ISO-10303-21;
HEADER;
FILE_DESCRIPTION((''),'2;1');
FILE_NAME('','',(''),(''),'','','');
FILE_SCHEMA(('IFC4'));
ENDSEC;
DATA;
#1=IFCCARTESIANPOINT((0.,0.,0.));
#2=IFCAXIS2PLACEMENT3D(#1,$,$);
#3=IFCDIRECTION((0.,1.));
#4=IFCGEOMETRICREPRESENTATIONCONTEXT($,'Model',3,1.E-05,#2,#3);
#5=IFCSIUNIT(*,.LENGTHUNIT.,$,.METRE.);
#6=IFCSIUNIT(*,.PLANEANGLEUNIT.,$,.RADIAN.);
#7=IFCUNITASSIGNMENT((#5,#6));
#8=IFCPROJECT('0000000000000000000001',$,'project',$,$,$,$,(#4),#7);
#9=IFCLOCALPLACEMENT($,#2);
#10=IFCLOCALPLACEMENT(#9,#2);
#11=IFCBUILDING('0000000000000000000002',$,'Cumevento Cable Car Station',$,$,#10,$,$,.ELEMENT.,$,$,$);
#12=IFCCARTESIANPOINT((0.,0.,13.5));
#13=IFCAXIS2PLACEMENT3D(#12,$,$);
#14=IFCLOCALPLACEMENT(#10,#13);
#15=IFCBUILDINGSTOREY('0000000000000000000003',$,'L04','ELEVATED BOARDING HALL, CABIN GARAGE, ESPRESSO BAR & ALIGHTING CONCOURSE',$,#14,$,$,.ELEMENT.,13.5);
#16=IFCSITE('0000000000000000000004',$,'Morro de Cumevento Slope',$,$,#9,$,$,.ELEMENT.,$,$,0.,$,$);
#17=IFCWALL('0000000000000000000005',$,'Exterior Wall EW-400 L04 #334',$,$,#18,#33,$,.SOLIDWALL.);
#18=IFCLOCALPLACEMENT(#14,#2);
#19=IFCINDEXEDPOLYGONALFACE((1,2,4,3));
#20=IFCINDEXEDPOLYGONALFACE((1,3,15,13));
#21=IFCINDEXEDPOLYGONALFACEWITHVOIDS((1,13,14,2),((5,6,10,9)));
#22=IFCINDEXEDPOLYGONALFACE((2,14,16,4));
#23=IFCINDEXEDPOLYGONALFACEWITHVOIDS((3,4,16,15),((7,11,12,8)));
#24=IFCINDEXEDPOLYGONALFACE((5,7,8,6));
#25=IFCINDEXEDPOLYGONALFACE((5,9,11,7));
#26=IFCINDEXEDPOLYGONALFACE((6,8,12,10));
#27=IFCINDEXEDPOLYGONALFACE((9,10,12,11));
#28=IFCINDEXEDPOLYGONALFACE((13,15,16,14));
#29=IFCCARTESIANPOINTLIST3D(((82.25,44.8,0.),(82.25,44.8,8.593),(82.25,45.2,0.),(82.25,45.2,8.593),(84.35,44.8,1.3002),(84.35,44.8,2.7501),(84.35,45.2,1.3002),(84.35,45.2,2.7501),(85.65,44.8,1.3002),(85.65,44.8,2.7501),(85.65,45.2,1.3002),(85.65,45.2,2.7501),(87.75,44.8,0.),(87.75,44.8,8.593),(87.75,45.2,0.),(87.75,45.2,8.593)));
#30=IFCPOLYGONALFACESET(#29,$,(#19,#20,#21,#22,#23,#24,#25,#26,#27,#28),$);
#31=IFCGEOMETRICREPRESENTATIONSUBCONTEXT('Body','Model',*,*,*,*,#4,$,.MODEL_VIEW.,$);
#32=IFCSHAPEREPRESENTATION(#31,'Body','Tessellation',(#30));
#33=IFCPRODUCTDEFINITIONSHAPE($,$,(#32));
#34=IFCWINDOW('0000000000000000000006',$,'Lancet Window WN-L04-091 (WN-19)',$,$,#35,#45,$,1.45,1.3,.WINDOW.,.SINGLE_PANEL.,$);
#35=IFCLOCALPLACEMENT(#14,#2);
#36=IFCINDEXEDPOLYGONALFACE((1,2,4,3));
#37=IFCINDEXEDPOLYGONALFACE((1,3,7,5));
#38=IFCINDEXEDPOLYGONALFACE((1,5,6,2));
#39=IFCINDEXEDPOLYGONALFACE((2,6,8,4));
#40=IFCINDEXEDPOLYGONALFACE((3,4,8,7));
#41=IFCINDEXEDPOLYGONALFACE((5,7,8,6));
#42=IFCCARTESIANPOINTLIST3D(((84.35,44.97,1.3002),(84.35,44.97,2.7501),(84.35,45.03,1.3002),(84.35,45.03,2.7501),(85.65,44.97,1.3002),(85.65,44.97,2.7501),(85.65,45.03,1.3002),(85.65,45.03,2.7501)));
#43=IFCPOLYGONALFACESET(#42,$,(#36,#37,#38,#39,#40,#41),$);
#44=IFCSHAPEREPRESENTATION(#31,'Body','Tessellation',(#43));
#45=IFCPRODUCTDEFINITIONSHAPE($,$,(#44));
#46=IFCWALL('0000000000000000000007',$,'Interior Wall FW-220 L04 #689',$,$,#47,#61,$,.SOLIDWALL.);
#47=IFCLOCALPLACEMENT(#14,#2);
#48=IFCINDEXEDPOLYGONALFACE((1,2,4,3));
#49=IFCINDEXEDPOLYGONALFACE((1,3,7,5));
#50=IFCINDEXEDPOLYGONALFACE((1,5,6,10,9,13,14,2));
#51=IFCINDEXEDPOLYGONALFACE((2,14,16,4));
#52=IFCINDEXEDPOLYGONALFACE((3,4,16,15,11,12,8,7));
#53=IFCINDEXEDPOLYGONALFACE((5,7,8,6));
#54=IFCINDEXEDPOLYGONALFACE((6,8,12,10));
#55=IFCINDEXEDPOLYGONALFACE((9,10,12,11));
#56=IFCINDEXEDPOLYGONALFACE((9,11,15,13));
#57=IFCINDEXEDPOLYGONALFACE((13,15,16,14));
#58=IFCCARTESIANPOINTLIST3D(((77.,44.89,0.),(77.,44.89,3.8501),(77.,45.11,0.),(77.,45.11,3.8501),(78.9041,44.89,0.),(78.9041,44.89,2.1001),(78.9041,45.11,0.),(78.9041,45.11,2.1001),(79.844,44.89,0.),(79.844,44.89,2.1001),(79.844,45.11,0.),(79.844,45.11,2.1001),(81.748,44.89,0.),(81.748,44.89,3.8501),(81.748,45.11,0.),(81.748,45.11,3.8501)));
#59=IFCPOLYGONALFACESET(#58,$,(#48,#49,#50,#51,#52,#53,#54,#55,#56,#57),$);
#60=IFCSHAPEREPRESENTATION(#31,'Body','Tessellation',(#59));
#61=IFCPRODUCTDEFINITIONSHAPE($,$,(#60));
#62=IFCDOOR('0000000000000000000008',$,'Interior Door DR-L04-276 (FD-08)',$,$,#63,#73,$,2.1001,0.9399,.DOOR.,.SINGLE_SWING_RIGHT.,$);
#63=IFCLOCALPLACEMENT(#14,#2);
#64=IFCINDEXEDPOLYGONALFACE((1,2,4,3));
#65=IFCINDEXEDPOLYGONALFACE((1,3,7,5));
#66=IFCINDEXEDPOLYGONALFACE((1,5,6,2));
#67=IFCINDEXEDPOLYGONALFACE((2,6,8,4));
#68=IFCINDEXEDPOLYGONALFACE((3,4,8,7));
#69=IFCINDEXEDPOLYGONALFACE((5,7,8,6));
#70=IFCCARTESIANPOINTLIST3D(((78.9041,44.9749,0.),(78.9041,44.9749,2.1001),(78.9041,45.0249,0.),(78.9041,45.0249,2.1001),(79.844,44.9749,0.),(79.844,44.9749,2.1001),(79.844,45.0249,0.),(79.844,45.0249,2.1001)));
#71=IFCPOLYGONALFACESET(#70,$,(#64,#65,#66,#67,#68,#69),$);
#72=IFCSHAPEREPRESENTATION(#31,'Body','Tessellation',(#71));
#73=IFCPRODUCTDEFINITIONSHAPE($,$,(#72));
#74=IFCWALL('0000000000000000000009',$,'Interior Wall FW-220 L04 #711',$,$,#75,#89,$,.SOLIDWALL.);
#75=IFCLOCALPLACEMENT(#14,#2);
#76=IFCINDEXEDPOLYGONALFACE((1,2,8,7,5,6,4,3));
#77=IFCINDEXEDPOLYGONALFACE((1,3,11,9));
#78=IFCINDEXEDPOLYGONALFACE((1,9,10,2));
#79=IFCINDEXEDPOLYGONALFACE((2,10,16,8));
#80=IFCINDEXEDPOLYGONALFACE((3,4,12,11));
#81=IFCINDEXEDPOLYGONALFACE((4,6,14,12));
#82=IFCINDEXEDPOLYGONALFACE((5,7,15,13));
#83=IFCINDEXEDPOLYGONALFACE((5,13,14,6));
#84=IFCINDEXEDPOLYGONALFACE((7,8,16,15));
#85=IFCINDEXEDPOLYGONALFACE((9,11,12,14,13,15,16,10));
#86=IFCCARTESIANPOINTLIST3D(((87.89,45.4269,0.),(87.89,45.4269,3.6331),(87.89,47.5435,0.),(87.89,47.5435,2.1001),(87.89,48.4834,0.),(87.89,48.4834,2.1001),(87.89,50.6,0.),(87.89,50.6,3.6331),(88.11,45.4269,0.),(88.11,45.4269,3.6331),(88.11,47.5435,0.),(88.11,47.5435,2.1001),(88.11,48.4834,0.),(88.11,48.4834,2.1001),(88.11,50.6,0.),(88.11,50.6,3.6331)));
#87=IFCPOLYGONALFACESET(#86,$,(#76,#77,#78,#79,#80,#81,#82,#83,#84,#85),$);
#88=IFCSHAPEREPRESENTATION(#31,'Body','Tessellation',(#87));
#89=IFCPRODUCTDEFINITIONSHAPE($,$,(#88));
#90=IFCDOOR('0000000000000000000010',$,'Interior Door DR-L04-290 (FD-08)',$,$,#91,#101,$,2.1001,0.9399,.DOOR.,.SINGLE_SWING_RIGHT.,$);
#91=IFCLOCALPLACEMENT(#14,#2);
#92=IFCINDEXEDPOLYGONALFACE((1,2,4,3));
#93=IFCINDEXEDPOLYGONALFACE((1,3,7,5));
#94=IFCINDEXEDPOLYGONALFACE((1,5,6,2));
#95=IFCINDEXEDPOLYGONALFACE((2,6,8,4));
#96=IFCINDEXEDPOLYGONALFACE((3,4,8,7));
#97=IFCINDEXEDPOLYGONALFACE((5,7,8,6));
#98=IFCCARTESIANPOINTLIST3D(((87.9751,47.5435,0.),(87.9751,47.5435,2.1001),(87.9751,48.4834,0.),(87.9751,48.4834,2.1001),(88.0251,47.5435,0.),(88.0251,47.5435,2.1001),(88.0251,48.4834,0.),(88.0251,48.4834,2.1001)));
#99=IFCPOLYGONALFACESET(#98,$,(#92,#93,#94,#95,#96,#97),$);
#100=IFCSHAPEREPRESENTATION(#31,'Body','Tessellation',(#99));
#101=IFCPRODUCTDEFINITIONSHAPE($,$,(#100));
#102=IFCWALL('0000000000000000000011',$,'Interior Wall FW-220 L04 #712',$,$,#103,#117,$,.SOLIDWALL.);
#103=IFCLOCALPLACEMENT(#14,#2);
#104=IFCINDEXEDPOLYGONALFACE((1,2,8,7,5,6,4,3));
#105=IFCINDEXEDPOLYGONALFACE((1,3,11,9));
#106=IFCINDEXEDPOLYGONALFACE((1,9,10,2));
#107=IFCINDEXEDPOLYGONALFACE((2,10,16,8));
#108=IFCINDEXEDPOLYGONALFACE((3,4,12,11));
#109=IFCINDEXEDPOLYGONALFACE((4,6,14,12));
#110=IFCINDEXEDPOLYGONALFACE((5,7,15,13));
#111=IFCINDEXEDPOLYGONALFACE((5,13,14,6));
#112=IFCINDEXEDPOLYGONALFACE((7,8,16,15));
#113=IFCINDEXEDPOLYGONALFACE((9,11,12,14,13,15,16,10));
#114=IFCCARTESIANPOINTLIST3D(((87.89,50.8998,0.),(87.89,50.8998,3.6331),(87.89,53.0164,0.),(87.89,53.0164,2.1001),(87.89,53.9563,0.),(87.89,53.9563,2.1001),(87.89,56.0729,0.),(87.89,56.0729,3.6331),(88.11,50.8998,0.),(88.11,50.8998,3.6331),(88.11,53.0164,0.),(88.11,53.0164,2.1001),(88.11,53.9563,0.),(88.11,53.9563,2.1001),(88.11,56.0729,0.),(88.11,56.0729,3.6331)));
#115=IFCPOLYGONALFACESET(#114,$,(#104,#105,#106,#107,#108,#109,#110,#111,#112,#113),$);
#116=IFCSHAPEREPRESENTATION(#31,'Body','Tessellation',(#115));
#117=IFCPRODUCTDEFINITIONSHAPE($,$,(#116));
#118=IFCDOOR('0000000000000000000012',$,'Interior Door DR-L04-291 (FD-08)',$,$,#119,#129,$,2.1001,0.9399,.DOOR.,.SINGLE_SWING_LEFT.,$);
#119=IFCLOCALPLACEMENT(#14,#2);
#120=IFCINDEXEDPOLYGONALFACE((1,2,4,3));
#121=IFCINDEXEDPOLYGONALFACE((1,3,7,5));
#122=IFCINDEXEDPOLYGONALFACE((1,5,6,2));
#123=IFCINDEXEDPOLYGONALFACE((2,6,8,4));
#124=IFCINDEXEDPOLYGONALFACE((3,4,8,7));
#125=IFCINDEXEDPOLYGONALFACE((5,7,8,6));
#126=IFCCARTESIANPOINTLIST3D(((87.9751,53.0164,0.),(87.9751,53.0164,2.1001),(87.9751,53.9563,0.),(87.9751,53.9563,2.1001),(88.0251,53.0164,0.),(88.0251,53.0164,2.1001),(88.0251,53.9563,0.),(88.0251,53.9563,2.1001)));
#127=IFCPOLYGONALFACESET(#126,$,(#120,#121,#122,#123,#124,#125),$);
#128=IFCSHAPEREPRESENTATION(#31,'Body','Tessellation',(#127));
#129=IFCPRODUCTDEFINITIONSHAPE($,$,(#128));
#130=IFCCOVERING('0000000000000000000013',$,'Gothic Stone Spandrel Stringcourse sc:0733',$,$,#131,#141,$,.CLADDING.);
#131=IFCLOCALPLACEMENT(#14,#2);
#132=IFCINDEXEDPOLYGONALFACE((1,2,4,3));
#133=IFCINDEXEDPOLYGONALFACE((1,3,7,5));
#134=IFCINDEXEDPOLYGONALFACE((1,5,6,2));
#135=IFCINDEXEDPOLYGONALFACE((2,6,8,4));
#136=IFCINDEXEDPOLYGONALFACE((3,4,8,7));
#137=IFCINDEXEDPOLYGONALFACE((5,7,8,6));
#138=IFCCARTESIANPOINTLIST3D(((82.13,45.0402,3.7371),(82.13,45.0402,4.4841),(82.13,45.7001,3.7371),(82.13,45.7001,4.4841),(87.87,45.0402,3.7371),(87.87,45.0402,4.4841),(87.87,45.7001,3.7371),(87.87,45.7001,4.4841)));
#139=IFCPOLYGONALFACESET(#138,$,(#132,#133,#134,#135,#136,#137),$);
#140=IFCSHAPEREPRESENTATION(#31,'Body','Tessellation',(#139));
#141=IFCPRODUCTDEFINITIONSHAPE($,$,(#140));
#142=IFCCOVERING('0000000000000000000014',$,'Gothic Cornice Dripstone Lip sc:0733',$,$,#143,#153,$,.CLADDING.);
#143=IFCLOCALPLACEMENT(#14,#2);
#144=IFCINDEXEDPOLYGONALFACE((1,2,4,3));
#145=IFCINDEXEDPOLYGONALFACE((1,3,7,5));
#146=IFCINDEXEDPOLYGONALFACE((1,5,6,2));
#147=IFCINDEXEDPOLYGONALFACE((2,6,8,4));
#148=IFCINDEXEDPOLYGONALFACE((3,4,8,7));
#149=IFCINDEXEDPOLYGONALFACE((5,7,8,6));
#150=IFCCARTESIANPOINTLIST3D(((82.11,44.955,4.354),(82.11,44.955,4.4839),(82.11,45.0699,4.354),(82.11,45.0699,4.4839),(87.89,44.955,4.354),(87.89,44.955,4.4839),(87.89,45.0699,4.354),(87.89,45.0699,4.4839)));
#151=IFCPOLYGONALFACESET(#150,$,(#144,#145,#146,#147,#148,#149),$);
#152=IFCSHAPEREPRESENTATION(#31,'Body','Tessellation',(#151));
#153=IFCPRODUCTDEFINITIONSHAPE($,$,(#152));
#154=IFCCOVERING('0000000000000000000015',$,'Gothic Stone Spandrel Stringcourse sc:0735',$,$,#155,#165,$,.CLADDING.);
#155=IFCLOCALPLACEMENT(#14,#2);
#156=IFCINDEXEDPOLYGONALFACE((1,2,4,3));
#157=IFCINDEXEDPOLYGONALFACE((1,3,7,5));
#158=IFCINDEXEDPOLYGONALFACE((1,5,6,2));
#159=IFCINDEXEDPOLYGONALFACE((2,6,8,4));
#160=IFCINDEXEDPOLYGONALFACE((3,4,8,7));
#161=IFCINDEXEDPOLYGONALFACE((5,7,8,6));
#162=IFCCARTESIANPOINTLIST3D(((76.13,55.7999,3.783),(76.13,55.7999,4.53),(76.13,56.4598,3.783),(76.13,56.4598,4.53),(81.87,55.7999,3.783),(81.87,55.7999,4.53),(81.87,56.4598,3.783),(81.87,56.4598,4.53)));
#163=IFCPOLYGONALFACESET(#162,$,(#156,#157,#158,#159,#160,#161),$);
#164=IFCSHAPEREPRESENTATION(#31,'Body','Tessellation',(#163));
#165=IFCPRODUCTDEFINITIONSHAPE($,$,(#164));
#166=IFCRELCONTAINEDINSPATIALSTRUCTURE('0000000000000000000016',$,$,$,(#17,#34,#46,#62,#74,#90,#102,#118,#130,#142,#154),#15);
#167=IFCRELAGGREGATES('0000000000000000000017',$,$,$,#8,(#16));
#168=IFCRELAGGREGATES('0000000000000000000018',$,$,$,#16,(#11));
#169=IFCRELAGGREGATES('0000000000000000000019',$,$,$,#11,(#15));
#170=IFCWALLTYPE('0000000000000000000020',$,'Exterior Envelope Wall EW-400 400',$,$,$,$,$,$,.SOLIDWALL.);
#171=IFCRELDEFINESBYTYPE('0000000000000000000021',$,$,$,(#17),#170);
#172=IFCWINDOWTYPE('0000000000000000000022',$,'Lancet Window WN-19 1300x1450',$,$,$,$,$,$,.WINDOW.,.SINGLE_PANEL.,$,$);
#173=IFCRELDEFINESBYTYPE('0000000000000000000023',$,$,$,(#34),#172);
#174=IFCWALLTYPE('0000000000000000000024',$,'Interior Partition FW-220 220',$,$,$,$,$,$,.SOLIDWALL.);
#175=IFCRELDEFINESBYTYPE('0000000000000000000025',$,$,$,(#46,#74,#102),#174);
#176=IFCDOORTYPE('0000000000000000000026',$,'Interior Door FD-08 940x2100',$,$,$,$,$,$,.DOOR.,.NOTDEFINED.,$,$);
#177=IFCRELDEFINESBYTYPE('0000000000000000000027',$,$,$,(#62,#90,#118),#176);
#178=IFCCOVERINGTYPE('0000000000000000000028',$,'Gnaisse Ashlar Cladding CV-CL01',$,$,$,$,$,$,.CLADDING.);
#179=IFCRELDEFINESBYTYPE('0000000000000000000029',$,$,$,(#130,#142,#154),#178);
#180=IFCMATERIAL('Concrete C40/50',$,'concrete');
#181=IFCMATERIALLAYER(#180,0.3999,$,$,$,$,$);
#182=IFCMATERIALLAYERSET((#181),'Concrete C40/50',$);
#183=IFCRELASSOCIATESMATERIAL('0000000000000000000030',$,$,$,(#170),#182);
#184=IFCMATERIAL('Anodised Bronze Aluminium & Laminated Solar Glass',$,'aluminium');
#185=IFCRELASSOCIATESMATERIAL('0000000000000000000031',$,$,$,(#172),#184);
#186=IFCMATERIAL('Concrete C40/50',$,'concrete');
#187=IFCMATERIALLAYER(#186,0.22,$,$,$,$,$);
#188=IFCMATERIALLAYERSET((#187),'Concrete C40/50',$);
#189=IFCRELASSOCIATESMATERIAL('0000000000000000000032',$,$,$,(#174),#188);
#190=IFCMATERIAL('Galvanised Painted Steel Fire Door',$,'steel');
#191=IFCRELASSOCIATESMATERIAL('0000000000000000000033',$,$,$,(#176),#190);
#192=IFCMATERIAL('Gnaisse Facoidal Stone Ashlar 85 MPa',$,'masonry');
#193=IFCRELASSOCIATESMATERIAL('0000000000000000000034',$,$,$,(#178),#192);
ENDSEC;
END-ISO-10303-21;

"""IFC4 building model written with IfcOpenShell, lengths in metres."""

from ifc_helpers import new_model, si_unit, direction, frame, frame_2d, origin, origin_2d, place, context, subcontext, project, spatial, rectangle, extrude, material, layer, layer_set, type_object, element, fill, save


model = new_model("IFC4")

# Units and contexts
model_context = context("Model", 3, precision=1e-05, world=origin(), true_north=direction((0.0, 1.0)))
body_context = subcontext(model_context, "Body", "Model", "MODEL_VIEW")
ifc_project = project(units=[si_unit("LENGTHUNIT", "METRE"), si_unit("PLANEANGLEUNIT", "RADIAN")], contexts=[model_context])

# Site, building, storey
site_placement = place(None, origin())
site = spatial("IfcSite", under=ifc_project, at=site_placement, Name="Morro de Cumevento Slope", CompositionType="ELEMENT", RefElevation=0.0)
building_placement = place(site_placement, origin())
building = spatial("IfcBuilding", under=site, at=building_placement, Name="Cumevento Cable Car Station", CompositionType="ELEMENT")
storey_placement = place(building_placement, frame((0.0, 0.0, 13.5)))
storey = spatial("IfcBuildingStorey", under=building, at=storey_placement, Name="L04", Description="ELEVATED BOARDING HALL, CABIN GARAGE, ESPRESSO BAR & ALIGHTING CONCOURSE", CompositionType="ELEMENT", Elevation=13.5)

# Wall, opening, window
ifc_material_1 = material(Name="Concrete C40/50", Category="concrete")
ifc_layer_1 = layer(ifc_material_1, 0.3999)
ifc_layer_set_1 = layer_set([ifc_layer_1], Name="Concrete C40/50")
wall_type_1 = type_object("IfcWallType", Name="Exterior Envelope Wall EW-400 400", PredefinedType="SOLIDWALL", material=ifc_layer_set_1)
wall_1_placement = place(storey_placement, frame((87.75, 45.0, 0.0), z_axis=(0.0, 0.0, 1.0), x_axis=(-1.0, 0.0, 0.0)))
wall_1 = element("IfcWall", 1, at=wall_1_placement, inside=storey, type_object=wall_type_1, Name="Exterior Wall EW-400 L04 #334", PredefinedType="SOLIDWALL", context=body_context, shape_type="SweptSolid", body=[
    extrude(rectangle(XDim=5.5, YDim=0.3999, at=frame_2d((2.75, 0.0))), origin(), (0.0, 0.0, 1.0), 8.593),
])
opening_1_placement = place(wall_1_placement, frame((2.1001, 0.0, 1.3)))
opening_1 = element("IfcOpeningElement", 2, at=opening_1_placement, cuts=wall_1, PredefinedType="OPENING", context=body_context, shape_type="SweptSolid", body=[
    extrude(rectangle(XDim=1.3, YDim=1.45, at=frame_2d((0.6499, 0.7251))), frame((0.0, 0.21, 0.0), z_axis=(0.0, -1.0, 0.0), x_axis=(1.0, 0.0, 0.0)), (0.0, 0.0, 1.0), 0.4199),
])
ifc_material_2 = material(Name="Anodised Bronze Aluminium & Laminated Solar Glass", Category="aluminium")
window_type_1 = type_object("IfcWindowType", Name="Lancet Window WN-19 1300x1450", PartitioningType="SINGLE_PANEL", PredefinedType="WINDOW", material=ifc_material_2)
window_1_placement = place(opening_1_placement, origin())
window_1 = element("IfcWindow", 3, at=window_1_placement, inside=storey, type_object=window_type_1, Name="Lancet Window WN-L04-091 (WN-19)", OverallHeight=1.45, OverallWidth=1.3, PartitioningType="SINGLE_PANEL", PredefinedType="WINDOW", context=body_context, shape_type="SweptSolid", body=[
    extrude(rectangle(XDim=1.3, YDim=1.45, at=frame_2d((0.6499, 0.7251))), frame((0.0, 0.03, 0.0), z_axis=(0.0, -1.0, 0.0), x_axis=(1.0, 0.0, 0.0)), (0.0, 0.0, 1.0), 0.0601),
])
fill(opening_1, window_1)

# Walls, openings, doors
ifc_material_3 = material(Name="Concrete C40/50", Category="concrete")
ifc_layer_2 = layer(ifc_material_3, 0.22)
ifc_layer_set_2 = layer_set([ifc_layer_2], Name="Concrete C40/50")
wall_type_2 = type_object("IfcWallType", Name="Interior Partition FW-220 220", PredefinedType="SOLIDWALL", material=ifc_layer_set_2)
wall_2_placement = place(storey_placement, frame((77.0, 45.0, 0.0), z_axis=(0.0, 0.0, 1.0), x_axis=(1.0, 0.0, 0.0)))
wall_2 = element("IfcWall", 4, at=wall_2_placement, inside=storey, type_object=wall_type_2, Name="Interior Wall FW-220 L04 #689", PredefinedType="SOLIDWALL", context=body_context, shape_type="SweptSolid", body=[
    extrude(rectangle(XDim=4.748, YDim=0.22, at=frame_2d((2.374, 0.0))), origin(), (0.0, 0.0, 1.0), 3.8501),
])
opening_2_placement = place(wall_2_placement, frame((1.9041, 0.0, 0.0)))
opening_2 = element("IfcOpeningElement", 5, at=opening_2_placement, cuts=wall_2, PredefinedType="OPENING", context=body_context, shape_type="SweptSolid", body=[
    extrude(rectangle(XDim=0.9399, YDim=2.1001, at=frame_2d((0.47, 1.05))), frame((0.0, 0.1199, 0.0), z_axis=(0.0, -1.0, 0.0), x_axis=(1.0, 0.0, 0.0)), (0.0, 0.0, 1.0), 0.24),
])
ifc_material_4 = material(Name="Galvanised Painted Steel Fire Door", Category="steel")
door_type = type_object("IfcDoorType", Name="Interior Door FD-08 940x2100", OperationType="NOTDEFINED", PredefinedType="DOOR", material=ifc_material_4)
door_1_placement = place(opening_2_placement, origin())
door_1 = element("IfcDoor", 6, at=door_1_placement, inside=storey, type_object=door_type, Name="Interior Door DR-L04-276 (FD-08)", OperationType="SINGLE_SWING_RIGHT", OverallHeight=2.1001, OverallWidth=0.9399, PredefinedType="DOOR", context=body_context, shape_type="SweptSolid", body=[
    extrude(rectangle(XDim=0.9399, YDim=2.1001, at=frame_2d((0.47, 1.05))), frame((0.0, 0.0249, 0.0), z_axis=(0.0, -1.0, 0.0), x_axis=(1.0, 0.0, 0.0)), (0.0, 0.0, 1.0), 0.05),
])
fill(opening_2, door_1)
wall_3_placement = place(storey_placement, frame((88.0, 45.427, 0.0), z_axis=(0.0, 0.0, 1.0), x_axis=(0.0, 1.0, 0.0)))
wall_3 = element("IfcWall", 7, at=wall_3_placement, inside=storey, type_object=wall_type_2, Name="Interior Wall FW-220 L04 #711", PredefinedType="SOLIDWALL", context=body_context, shape_type="SweptSolid", body=[
    extrude(rectangle(XDim=5.1731, YDim=0.22, at=frame_2d((2.5864, 0.0))), origin(), (0.0, 0.0, 1.0), 3.6331),
])
opening_3_placement = place(wall_3_placement, frame((2.1165, 0.0, 0.0)))
opening_3 = element("IfcOpeningElement", 8, at=opening_3_placement, cuts=wall_3, PredefinedType="OPENING", context=body_context, shape_type="SweptSolid", body=[
    extrude(rectangle(XDim=0.9399, YDim=2.1001, at=frame_2d((0.47, 1.05))), frame((0.0, 0.1199, 0.0), z_axis=(0.0, -1.0, 0.0), x_axis=(1.0, 0.0, 0.0)), (0.0, 0.0, 1.0), 0.24),
])
door_2_placement = place(opening_3_placement, origin())
door_2 = element("IfcDoor", 9, at=door_2_placement, inside=storey, type_object=door_type, Name="Interior Door DR-L04-290 (FD-08)", OperationType="SINGLE_SWING_RIGHT", OverallHeight=2.1001, OverallWidth=0.9399, PredefinedType="DOOR", context=body_context, shape_type="SweptSolid", body=[
    extrude(rectangle(XDim=0.9399, YDim=2.1001, at=frame_2d((0.47, 1.05))), frame((0.0, 0.0249, 0.0), z_axis=(0.0, -1.0, 0.0), x_axis=(1.0, 0.0, 0.0)), (0.0, 0.0, 1.0), 0.05),
])
fill(opening_3, door_2)
wall_4_placement = place(storey_placement, frame((88.0, 50.8999, 0.0), z_axis=(0.0, 0.0, 1.0), x_axis=(0.0, 1.0, 0.0)))
wall_4 = element("IfcWall", 10, at=wall_4_placement, inside=storey, type_object=wall_type_2, Name="Interior Wall FW-220 L04 #712", PredefinedType="SOLIDWALL", context=body_context, shape_type="SweptSolid", body=[
    extrude(rectangle(XDim=5.1731, YDim=0.22, at=frame_2d((2.5864, 0.0))), origin(), (0.0, 0.0, 1.0), 3.6331),
])
opening_4_placement = place(wall_4_placement, frame((2.1165, 0.0, 0.0)))
opening_4 = element("IfcOpeningElement", 11, at=opening_4_placement, cuts=wall_4, PredefinedType="OPENING", context=body_context, shape_type="SweptSolid", body=[
    extrude(rectangle(XDim=0.9399, YDim=2.1001, at=frame_2d((0.47, 1.05))), frame((0.0, 0.1199, 0.0), z_axis=(0.0, -1.0, 0.0), x_axis=(1.0, 0.0, 0.0)), (0.0, 0.0, 1.0), 0.24),
])
door_3_placement = place(opening_4_placement, origin())
door_3 = element("IfcDoor", 12, at=door_3_placement, inside=storey, type_object=door_type, Name="Interior Door DR-L04-291 (FD-08)", OperationType="SINGLE_SWING_LEFT", OverallHeight=2.1001, OverallWidth=0.9399, PredefinedType="DOOR", context=body_context, shape_type="SweptSolid", body=[
    extrude(rectangle(XDim=0.9399, YDim=2.1001, at=frame_2d((0.47, 1.05))), frame((0.0, 0.0249, 0.0), z_axis=(0.0, -1.0, 0.0), x_axis=(1.0, 0.0, 0.0)), (0.0, 0.0, 1.0), 0.05),
])
fill(opening_4, door_3)

# Coverings
ifc_material_5 = material(Name="Gnaisse Facoidal Stone Ashlar 85 MPa", Category="masonry")
covering_type = type_object("IfcCoveringType", Name="Gnaisse Ashlar Cladding CV-CL01", PredefinedType="CLADDING", material=ifc_material_5)
covering_1_placement = place(storey_placement, frame((85.0, 45.3701, 3.7371), z_axis=(0.0, 0.0, 1.0), x_axis=(-1.0, 0.0, 0.0)))
element("IfcCovering", 13, at=covering_1_placement, inside=storey, type_object=covering_type, Name="Gothic Stone Spandrel Stringcourse sc:0733", PredefinedType="CLADDING", context=body_context, shape_type="SweptSolid", body=[
    extrude(rectangle(XDim=5.74, YDim=0.6599, at=origin_2d()), origin(), (0.0, 0.0, 1.0), 0.7471),
])
covering_2_placement = place(storey_placement, frame((85.0, 45.0125, 4.354), z_axis=(0.0, 0.0, 1.0), x_axis=(-1.0, 0.0, 0.0)))
element("IfcCovering", 14, at=covering_2_placement, inside=storey, type_object=covering_type, Name="Gothic Cornice Dripstone Lip sc:0733", PredefinedType="CLADDING", context=body_context, shape_type="SweptSolid", body=[
    extrude(rectangle(XDim=5.78, YDim=0.115, at=origin_2d()), origin(), (0.0, 0.0, 1.0), 0.1299),
])
covering_3_placement = place(storey_placement, frame((79.0, 56.1299, 3.783), z_axis=(0.0, 0.0, 1.0), x_axis=(1.0, 0.0, 0.0)))
element("IfcCovering", 15, at=covering_3_placement, inside=storey, type_object=covering_type, Name="Gothic Stone Spandrel Stringcourse sc:0735", PredefinedType="CLADDING", context=body_context, shape_type="SweptSolid", body=[
    extrude(rectangle(XDim=5.74, YDim=0.6599, at=origin_2d()), origin(), (0.0, 0.0, 1.0), 0.7471),
])

save(model, "model.ifc")
